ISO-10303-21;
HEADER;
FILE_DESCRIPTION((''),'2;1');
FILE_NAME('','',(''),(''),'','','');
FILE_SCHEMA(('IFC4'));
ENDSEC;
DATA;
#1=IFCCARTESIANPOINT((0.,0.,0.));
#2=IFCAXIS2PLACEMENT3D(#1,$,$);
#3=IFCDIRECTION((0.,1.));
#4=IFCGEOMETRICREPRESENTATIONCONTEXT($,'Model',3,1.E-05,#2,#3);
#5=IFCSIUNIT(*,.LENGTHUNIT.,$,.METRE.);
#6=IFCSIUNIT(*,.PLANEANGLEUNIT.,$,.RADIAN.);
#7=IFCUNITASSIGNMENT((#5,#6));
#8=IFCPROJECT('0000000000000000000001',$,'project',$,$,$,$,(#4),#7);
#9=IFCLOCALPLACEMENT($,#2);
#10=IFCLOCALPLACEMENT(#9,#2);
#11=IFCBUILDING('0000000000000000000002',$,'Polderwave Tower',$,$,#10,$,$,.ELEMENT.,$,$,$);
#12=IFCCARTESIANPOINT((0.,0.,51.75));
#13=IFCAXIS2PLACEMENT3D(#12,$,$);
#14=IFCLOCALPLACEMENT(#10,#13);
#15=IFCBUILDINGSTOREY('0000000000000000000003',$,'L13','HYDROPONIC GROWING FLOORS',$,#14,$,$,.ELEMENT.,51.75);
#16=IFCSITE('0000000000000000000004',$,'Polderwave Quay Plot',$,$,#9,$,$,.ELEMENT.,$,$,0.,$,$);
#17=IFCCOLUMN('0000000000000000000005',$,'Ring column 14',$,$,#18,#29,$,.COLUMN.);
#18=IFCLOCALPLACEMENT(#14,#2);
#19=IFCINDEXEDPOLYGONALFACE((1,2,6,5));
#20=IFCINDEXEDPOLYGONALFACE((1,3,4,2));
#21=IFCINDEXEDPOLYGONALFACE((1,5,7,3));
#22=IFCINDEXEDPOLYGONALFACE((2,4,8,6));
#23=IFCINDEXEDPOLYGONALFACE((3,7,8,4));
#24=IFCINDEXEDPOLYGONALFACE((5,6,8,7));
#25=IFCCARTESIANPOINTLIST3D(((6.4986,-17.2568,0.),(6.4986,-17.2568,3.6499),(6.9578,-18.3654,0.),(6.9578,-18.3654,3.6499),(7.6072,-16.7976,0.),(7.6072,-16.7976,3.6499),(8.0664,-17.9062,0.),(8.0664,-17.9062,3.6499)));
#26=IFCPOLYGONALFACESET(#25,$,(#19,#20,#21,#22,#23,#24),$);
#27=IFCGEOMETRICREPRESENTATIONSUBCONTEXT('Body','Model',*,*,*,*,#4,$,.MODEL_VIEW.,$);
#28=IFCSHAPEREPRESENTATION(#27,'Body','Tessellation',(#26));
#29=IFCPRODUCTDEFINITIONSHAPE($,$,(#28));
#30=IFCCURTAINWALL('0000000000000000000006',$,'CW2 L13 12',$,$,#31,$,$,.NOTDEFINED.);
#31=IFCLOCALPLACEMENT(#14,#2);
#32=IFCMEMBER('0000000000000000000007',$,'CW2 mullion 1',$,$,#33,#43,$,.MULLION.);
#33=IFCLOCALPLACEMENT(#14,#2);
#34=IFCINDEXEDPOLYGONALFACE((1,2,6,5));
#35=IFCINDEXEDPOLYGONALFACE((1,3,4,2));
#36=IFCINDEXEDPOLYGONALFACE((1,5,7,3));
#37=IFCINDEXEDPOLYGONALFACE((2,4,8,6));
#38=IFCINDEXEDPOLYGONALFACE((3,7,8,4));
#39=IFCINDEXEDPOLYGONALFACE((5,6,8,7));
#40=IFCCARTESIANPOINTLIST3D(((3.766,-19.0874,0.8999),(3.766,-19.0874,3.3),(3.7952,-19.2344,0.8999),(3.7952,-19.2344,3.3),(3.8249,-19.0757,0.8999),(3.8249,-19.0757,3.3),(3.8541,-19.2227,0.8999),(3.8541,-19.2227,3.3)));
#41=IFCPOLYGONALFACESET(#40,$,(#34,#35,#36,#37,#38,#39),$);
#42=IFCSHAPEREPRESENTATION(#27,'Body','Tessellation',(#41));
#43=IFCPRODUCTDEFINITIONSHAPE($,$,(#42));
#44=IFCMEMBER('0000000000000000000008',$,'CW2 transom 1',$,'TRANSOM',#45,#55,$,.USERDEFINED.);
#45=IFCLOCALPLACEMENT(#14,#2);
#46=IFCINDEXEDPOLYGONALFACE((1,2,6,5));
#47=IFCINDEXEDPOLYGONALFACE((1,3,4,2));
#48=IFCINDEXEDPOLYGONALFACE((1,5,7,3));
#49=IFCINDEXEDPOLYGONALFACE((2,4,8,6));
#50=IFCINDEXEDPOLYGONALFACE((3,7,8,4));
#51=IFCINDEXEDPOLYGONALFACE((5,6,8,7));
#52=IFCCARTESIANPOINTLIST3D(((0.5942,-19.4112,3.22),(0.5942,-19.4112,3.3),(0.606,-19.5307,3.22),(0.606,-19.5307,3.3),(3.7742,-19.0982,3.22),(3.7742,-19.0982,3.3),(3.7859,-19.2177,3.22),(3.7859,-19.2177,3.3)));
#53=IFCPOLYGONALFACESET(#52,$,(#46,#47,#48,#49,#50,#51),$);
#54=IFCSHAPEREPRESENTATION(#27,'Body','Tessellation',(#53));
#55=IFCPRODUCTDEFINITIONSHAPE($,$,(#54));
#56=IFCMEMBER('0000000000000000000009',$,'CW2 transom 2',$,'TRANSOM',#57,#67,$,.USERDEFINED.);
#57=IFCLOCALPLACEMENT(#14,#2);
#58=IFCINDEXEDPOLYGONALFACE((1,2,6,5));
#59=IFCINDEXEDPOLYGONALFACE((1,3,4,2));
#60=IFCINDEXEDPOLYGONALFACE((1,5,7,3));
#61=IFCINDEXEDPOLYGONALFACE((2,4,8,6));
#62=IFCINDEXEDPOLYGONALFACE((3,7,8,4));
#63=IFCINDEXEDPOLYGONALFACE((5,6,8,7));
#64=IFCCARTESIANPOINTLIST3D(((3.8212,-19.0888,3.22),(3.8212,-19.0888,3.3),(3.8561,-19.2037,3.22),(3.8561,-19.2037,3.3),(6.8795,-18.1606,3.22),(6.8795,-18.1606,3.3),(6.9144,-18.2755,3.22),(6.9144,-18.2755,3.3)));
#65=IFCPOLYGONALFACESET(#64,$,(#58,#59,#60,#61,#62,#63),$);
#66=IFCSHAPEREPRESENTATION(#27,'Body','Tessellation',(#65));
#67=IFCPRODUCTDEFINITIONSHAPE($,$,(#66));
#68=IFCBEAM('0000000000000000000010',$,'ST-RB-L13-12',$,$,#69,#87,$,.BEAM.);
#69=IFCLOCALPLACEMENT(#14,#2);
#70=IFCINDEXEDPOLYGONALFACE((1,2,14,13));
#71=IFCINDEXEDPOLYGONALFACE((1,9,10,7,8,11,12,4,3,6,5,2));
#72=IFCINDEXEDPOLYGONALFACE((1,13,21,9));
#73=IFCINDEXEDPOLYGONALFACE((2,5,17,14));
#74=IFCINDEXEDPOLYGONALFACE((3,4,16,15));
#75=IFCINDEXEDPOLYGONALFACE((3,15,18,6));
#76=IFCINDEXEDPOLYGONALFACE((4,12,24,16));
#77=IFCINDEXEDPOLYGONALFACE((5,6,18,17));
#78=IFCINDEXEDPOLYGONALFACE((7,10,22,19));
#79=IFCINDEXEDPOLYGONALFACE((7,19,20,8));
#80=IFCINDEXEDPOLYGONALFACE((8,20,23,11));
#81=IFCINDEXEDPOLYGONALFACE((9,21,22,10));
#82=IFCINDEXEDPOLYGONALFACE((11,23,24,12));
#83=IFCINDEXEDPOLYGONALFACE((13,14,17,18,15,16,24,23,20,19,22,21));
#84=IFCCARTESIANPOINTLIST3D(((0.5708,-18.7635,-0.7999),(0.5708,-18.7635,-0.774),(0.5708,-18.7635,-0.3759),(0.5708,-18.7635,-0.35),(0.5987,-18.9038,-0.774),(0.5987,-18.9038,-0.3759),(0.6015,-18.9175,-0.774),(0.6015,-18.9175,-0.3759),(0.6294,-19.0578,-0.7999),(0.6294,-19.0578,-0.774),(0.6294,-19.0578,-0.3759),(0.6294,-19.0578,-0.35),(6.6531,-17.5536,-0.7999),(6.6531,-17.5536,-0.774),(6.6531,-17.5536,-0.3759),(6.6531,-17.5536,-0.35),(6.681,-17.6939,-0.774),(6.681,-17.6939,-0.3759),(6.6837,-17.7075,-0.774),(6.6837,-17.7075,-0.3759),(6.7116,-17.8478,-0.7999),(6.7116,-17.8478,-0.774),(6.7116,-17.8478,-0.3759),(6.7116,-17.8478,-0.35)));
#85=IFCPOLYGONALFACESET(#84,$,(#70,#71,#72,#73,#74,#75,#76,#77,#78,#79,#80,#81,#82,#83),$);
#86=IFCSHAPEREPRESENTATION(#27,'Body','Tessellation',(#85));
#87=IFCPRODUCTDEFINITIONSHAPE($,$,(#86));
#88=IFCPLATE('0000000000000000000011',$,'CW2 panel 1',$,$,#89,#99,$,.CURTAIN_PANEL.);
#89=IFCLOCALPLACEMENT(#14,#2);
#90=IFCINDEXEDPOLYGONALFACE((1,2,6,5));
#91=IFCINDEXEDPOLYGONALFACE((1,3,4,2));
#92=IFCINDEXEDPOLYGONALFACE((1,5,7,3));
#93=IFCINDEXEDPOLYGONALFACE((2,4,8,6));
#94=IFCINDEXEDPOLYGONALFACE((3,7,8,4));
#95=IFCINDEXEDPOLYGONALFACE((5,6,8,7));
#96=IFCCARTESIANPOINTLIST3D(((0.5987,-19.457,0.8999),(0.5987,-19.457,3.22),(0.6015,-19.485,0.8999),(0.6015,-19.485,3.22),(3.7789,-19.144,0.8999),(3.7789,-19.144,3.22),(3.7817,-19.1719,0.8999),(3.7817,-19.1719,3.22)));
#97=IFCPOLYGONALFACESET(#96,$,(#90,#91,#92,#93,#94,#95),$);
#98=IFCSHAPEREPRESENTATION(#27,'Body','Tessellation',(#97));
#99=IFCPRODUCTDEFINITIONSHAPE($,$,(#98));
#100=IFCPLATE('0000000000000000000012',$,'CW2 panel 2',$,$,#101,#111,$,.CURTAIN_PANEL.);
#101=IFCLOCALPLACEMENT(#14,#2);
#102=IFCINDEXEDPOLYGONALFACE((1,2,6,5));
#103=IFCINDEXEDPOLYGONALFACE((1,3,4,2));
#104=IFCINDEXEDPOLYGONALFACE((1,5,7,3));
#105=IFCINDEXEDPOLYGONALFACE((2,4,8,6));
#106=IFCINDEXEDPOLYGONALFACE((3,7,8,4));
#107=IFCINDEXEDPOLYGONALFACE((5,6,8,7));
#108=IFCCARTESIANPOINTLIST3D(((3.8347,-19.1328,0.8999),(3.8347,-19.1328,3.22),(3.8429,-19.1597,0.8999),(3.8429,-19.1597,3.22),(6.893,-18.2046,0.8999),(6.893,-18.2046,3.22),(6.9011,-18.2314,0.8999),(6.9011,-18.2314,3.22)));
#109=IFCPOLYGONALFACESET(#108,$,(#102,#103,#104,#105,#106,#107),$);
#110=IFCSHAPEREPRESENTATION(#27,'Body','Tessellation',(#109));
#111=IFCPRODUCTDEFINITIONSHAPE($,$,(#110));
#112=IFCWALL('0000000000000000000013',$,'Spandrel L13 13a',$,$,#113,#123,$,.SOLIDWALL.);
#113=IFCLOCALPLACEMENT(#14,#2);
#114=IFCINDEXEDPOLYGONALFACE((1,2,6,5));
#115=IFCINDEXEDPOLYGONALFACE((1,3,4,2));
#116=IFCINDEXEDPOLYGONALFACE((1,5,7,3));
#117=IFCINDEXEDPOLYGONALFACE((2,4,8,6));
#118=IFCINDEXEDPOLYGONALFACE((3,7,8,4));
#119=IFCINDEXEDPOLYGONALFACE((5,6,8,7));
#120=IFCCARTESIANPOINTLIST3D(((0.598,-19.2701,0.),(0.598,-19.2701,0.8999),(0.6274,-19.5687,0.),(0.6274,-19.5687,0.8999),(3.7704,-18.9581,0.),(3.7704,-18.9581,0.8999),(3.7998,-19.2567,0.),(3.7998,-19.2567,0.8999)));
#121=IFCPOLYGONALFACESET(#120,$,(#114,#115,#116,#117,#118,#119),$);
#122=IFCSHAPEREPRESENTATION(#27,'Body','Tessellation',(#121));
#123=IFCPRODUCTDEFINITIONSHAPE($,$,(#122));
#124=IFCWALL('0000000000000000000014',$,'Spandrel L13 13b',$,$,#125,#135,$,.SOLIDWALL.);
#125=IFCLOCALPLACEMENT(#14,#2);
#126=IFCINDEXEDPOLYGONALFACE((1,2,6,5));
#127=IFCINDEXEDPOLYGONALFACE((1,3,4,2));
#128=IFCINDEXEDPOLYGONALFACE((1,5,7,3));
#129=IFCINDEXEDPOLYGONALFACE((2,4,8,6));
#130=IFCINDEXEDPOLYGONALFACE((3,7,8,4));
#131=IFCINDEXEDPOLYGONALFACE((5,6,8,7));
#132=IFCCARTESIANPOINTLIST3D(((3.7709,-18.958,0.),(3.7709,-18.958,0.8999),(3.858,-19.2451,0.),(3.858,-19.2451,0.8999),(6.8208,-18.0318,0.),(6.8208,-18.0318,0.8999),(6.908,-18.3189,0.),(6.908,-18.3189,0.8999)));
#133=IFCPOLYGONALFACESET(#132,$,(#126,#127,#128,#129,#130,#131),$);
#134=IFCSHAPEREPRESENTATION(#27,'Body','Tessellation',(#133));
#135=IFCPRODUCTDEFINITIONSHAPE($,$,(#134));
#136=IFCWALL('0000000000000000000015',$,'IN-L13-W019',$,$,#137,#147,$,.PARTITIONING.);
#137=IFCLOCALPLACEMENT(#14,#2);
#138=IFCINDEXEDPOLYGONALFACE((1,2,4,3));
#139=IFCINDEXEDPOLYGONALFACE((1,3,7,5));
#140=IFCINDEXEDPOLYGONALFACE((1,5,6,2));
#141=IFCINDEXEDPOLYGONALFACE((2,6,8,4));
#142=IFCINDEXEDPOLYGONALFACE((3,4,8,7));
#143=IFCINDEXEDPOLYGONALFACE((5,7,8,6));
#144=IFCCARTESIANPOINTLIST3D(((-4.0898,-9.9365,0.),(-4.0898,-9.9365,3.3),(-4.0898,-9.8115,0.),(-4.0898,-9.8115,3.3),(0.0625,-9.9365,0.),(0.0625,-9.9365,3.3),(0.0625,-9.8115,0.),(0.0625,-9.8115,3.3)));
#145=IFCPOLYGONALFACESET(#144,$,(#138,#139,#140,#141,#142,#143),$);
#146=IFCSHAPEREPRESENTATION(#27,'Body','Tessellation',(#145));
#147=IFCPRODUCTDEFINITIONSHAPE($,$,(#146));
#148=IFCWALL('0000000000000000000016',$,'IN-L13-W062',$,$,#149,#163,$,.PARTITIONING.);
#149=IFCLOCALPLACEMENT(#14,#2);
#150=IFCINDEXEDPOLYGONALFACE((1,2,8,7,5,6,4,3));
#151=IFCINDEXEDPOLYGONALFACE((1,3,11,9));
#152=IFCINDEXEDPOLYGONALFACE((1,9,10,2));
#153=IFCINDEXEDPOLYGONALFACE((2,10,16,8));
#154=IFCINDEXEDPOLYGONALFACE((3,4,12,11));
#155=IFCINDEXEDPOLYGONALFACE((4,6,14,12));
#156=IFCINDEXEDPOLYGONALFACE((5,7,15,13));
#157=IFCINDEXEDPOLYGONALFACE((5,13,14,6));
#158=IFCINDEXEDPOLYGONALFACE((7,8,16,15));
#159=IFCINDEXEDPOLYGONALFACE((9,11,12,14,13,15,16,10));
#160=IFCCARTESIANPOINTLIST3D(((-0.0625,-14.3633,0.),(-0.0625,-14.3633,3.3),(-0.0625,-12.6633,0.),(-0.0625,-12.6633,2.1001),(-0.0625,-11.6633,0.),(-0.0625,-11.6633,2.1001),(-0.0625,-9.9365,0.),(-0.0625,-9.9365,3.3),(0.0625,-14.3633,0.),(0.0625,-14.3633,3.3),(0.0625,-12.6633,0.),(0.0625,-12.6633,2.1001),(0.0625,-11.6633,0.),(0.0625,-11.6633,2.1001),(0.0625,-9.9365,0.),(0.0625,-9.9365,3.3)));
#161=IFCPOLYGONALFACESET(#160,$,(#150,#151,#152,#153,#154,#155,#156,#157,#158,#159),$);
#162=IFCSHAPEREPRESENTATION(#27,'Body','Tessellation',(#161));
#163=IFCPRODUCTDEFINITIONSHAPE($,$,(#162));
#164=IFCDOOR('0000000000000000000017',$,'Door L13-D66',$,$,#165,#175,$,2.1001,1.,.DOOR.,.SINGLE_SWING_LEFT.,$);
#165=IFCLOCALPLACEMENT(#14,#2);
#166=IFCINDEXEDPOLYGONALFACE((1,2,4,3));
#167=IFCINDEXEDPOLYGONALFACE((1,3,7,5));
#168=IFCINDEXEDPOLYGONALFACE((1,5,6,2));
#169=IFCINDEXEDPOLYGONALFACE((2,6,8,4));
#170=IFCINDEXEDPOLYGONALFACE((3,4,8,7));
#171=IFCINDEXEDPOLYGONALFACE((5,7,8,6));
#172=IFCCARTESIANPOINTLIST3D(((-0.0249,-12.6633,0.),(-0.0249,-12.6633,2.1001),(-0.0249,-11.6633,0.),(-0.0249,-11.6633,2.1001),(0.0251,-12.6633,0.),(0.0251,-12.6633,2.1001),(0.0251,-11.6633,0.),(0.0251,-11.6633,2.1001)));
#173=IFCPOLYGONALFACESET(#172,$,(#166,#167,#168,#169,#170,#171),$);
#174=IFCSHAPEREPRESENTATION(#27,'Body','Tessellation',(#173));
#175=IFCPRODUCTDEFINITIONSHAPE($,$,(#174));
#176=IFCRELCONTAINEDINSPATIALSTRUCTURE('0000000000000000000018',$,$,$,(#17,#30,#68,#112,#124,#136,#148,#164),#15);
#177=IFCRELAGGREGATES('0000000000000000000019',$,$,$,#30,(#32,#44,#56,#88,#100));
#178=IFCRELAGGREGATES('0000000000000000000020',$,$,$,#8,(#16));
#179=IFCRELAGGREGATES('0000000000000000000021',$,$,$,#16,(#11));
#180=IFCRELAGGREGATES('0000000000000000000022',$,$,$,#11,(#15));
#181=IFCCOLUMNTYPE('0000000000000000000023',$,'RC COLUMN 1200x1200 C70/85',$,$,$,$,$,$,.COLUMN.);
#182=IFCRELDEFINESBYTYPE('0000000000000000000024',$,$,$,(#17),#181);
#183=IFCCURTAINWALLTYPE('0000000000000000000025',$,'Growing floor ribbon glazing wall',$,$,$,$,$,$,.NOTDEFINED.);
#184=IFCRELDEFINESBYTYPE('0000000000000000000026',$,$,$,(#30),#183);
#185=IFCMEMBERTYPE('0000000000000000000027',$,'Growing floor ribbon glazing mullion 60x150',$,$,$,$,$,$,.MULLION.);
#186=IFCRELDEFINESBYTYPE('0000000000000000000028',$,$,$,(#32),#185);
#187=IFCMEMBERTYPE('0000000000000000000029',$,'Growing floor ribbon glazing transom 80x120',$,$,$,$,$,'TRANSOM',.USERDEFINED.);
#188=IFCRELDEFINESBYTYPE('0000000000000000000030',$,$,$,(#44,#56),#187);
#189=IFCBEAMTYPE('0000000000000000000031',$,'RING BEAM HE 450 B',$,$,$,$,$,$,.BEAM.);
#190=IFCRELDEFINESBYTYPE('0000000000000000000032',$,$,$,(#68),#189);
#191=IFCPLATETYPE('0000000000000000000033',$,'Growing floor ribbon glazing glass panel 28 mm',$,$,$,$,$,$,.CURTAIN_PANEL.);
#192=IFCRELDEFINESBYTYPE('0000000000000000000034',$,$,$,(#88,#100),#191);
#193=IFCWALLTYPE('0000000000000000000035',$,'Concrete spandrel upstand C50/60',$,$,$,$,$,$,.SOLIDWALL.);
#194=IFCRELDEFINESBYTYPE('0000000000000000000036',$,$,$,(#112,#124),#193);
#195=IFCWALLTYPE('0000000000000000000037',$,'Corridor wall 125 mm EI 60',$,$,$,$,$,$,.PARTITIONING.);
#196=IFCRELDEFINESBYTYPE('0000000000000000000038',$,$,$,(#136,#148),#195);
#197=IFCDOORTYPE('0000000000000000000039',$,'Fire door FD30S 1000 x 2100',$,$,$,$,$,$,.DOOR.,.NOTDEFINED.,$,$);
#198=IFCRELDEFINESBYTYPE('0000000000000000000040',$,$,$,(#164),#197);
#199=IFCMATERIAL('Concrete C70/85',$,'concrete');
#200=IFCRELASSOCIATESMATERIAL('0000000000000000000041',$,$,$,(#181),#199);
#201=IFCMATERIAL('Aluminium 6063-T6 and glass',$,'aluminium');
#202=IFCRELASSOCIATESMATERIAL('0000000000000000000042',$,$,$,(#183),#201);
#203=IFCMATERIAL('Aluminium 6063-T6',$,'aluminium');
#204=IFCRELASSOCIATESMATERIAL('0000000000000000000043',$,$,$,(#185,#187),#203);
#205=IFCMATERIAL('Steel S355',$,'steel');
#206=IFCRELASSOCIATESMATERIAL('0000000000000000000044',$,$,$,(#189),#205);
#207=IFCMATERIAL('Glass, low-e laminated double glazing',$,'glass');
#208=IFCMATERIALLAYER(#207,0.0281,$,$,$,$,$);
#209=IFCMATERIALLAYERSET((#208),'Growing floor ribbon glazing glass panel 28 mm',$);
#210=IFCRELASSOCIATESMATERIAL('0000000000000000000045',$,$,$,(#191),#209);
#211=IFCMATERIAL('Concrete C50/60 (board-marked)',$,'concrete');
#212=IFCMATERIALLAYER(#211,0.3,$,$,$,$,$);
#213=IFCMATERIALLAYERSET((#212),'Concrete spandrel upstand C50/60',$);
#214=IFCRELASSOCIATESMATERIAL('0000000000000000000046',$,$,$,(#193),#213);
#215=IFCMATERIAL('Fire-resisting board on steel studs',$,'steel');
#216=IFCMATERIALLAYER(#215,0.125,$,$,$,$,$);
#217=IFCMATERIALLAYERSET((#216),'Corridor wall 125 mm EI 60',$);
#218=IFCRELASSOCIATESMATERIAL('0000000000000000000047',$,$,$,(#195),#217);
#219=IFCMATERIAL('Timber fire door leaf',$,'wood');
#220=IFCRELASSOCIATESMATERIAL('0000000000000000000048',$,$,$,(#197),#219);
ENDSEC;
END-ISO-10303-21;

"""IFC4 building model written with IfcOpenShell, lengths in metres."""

from ifc_helpers import new_model, si_unit, direction, frame, frame_2d, origin, origin_2d, place, context, subcontext, project, spatial, rectangle, i_section, extrude, material, layer, layer_set, material_profile, profile_set, type_object, element, fill, aggregate, save


model = new_model("IFC4")

# Units and contexts
model_context = context("Model", 3, precision=1e-05, world=origin(), true_north=direction((0.0, 1.0)))
body_context = subcontext(model_context, "Body", "Model", "MODEL_VIEW")
ifc_project = project(units=[si_unit("LENGTHUNIT", "METRE"), si_unit("PLANEANGLEUNIT", "RADIAN")], contexts=[model_context])

# Site, building, storey
site_placement = place(None, origin())
site = spatial("IfcSite", under=ifc_project, at=site_placement, Name="Polderwave Quay Plot", CompositionType="ELEMENT", RefElevation=0.0)
building_placement = place(site_placement, origin())
building = spatial("IfcBuilding", under=site, at=building_placement, Name="Polderwave Tower", CompositionType="ELEMENT")
storey_placement = place(building_placement, frame((0.0, 0.0, 51.75)))
storey = spatial("IfcBuildingStorey", under=building, at=storey_placement, Name="L13", Description="HYDROPONIC GROWING FLOORS", CompositionType="ELEMENT", Elevation=51.75)

# Column
ifc_material_1 = material(Name="Concrete C70/85", Category="concrete")
ifc_material_profile_1 = material_profile(ifc_material_1, rectangle(XDim=1.2, YDim=1.2, at=origin_2d()), Name="RC 1200x1200")
ifc_profile_set_1 = profile_set([ifc_material_profile_1], Name="Concrete C70/85")
column_type = type_object("IfcColumnType", Name="RC COLUMN 1200x1200 C70/85", PredefinedType="COLUMN", material=ifc_profile_set_1)
column_placement = place(storey_placement, frame((7.2825, -17.5815, 0.0), z_axis=(0.0, 0.0, 1.0), x_axis=(0.382683, -0.92388, 0.0)))
element("IfcColumn", 1, at=column_placement, inside=storey, type_object=column_type, Name="Ring column 14", PredefinedType="COLUMN", context=body_context, shape_type="SweptSolid", body=[
    extrude(rectangle(XDim=1.2, YDim=1.2, at=origin_2d()), origin(), (0.0, 0.0, 1.0), 3.6499),
])

# Curtain wall, members
ifc_material_2 = material(Name="Aluminium 6063-T6 and glass", Category="aluminium")
curtain_wall_type = type_object("IfcCurtainWallType", Name="Growing floor ribbon glazing wall", PredefinedType="NOTDEFINED", material=ifc_material_2)
curtain_wall_placement = place(storey_placement, origin())
curtain_wall = element("IfcCurtainWall", 2, at=curtain_wall_placement, inside=storey, type_object=curtain_wall_type, Name="CW2 L13 12", PredefinedType="NOTDEFINED")
ifc_material_3 = material(Name="Aluminium 6063-T6", Category="aluminium")
ifc_material_profile_2 = material_profile(ifc_material_3, rectangle(XDim=0.1499, YDim=0.0601, at=origin_2d()), Name="AL 60x150")
ifc_profile_set_2 = profile_set([ifc_material_profile_2], Name="Aluminium 6063-T6")
member_type_1 = type_object("IfcMemberType", Name="Growing floor ribbon glazing mullion 60x150", PredefinedType="MULLION", material=ifc_profile_set_2)
member_1_placement = place(storey_placement, frame((3.8101, -19.155, 0.8999), z_axis=(0.0, 0.0, 1.0), x_axis=(-0.195149, 0.980774, 0.0)))
member_1 = element("IfcMember", 3, at=member_1_placement, type_object=member_type_1, Name="CW2 mullion 1", PredefinedType="MULLION", context=body_context, shape_type="SweptSolid", body=[
    extrude(rectangle(XDim=0.1499, YDim=0.0601, at=origin_2d()), origin(), (0.0, 0.0, 1.0), 2.4001),
])
ifc_material_profile_3 = material_profile(ifc_material_3, rectangle(XDim=0.1201, YDim=0.0801, at=origin_2d()), Name="AL 80x120")
ifc_profile_set_3 = profile_set([ifc_material_profile_3], Name="Aluminium 6063-T6")
member_type_2 = type_object("IfcMemberType", Name="Growing floor ribbon glazing transom 80x120", ElementType="TRANSOM", PredefinedType="USERDEFINED", material=ifc_profile_set_3)
member_2_placement = place(storey_placement, frame((0.6001, -19.4709, 3.26), z_axis=(0.995191, 0.097953, 0.0), x_axis=(-0.097953, 0.995191, 0.0)))
member_2 = element("IfcMember", 4, at=member_2_placement, type_object=member_type_2, Name="CW2 transom 1", ObjectType="TRANSOM", PredefinedType="USERDEFINED", context=body_context, shape_type="SweptSolid", body=[
    extrude(rectangle(XDim=0.1201, YDim=0.0801, at=origin_2d()), origin(), (0.0, 0.0, 1.0), 3.1953),
])
member_3_placement = place(storey_placement, frame((3.8386, -19.1462, 3.26), z_axis=(0.956898, 0.290423, 0.0), x_axis=(-0.290423, 0.956898, 0.0)))
member_3 = element("IfcMember", 5, at=member_3_placement, type_object=member_type_2, Name="CW2 transom 2", ObjectType="TRANSOM", PredefinedType="USERDEFINED", context=body_context, shape_type="SweptSolid", body=[
    extrude(rectangle(XDim=0.1201, YDim=0.0801, at=origin_2d()), origin(), (0.0, 0.0, 1.0), 3.196),
])

# Beam
ifc_material_4 = material(Name="Steel S355", Category="steel")
ifc_material_profile_4 = material_profile(ifc_material_4, i_section(OverallWidth=0.3, OverallDepth=0.45, WebThickness=0.0139, FlangeThickness=0.0259, at=origin_2d()), Name="HE 450 B")
ifc_profile_set_4 = profile_set([ifc_material_profile_4], Name="Steel S355")
beam_type = type_object("IfcBeamType", Name="RING BEAM HE 450 B", PredefinedType="BEAM", material=ifc_profile_set_4)
beam_placement = place(storey_placement, frame((0.6001, -18.9106, -0.575), z_axis=(0.980782, 0.195109, 0.0), x_axis=(-0.195109, 0.980782, 0.0)))
element("IfcBeam", 6, at=beam_placement, inside=storey, type_object=beam_type, Name="ST-RB-L13-12", PredefinedType="BEAM", context=body_context, shape_type="SweptSolid", body=[
    extrude(i_section(OverallWidth=0.3, OverallDepth=0.45, WebThickness=0.0139, FlangeThickness=0.0259, at=origin_2d()), origin(), (0.0, 0.0, 1.0), 6.2014),
])

# Plates
ifc_material_5 = material(Name="Glass, low-e laminated double glazing", Category="glass")
ifc_layer_1 = layer(ifc_material_5, 0.0281)
ifc_layer_set_1 = layer_set([ifc_layer_1], Name="Growing floor ribbon glazing glass panel 28 mm")
plate_type = type_object("IfcPlateType", Name="Growing floor ribbon glazing glass panel 28 mm", PredefinedType="CURTAIN_PANEL", material=ifc_layer_set_1)
plate_1_placement = place(storey_placement, frame((2.1902, -19.3145, 0.8999), z_axis=(0.0, 0.0, 1.0), x_axis=(0.99519, 0.097969, 0.0)))
plate_1 = element("IfcPlate", 7, at=plate_1_placement, type_object=plate_type, Name="CW2 panel 1", PredefinedType="CURTAIN_PANEL", context=body_context, shape_type="SweptSolid", body=[
    extrude(rectangle(XDim=3.1956, YDim=0.0281, at=origin_2d()), origin(), (0.0, 0.0, 1.0), 2.3201),
])
plate_2_placement = place(storey_placement, frame((5.3679, -18.6821, 0.8999), z_axis=(0.0, 0.0, 1.0), x_axis=(0.956891, 0.290447, 0.0)))
plate_2 = element("IfcPlate", 8, at=plate_2_placement, type_object=plate_type, Name="CW2 panel 2", PredefinedType="CURTAIN_PANEL", context=body_context, shape_type="SweptSolid", body=[
    extrude(rectangle(XDim=3.196, YDim=0.0281, at=origin_2d()), origin(), (0.0, 0.0, 1.0), 2.3201),
])
aggregate(curtain_wall, [member_1, member_2, member_3, plate_1, plate_2])

# Walls
ifc_material_6 = material(Name="Concrete C50/60 (board-marked)", Category="concrete")
ifc_layer_2 = layer(ifc_material_6, 0.3)
ifc_layer_set_2 = layer_set([ifc_layer_2], Name="Concrete spandrel upstand C50/60")
wall_type_1 = type_object("IfcWallType", Name="Concrete spandrel upstand C50/60", PredefinedType="SOLIDWALL", material=ifc_layer_set_2)
wall_1_placement = place(storey_placement, frame((0.6128, -19.4194, 0.0), z_axis=(0.0, 0.0, 1.0), x_axis=(0.995198, 0.097881, 0.0)))
element("IfcWall", 9, at=wall_1_placement, inside=storey, type_object=wall_type_1, Name="Spandrel L13 13a", PredefinedType="SOLIDWALL", context=body_context, shape_type="SweptSolid", body=[
    extrude(rectangle(XDim=3.1877, YDim=0.3, at=frame_2d((1.5938, 0.0))), origin(), (0.0, 0.0, 1.0), 0.8999),
])
wall_2_placement = place(storey_placement, frame((3.8145, -19.1016, 0.0), z_axis=(0.0, 0.0, 1.0), x_axis=(0.956849, 0.290586, 0.0)))
element("IfcWall", 10, at=wall_2_placement, inside=storey, type_object=wall_type_1, Name="Spandrel L13 13b", PredefinedType="SOLIDWALL", context=body_context, shape_type="SweptSolid", body=[
    extrude(rectangle(XDim=3.1875, YDim=0.3, at=frame_2d((1.5938, 0.0))), origin(), (0.0, 0.0, 1.0), 0.8999),
])
ifc_material_7 = material(Name="Fire-resisting board on steel studs", Category="steel")
ifc_layer_3 = layer(ifc_material_7, 0.125)
ifc_layer_set_3 = layer_set([ifc_layer_3], Name="Corridor wall 125 mm EI 60")
wall_type_2 = type_object("IfcWallType", Name="Corridor wall 125 mm EI 60", PredefinedType="PARTITIONING", material=ifc_layer_set_3)
wall_3_placement = place(storey_placement, frame((0.0625, -9.874, 0.0), z_axis=(0.0, 0.0, 1.0), x_axis=(-1.0, 0.0, 0.0)))
element("IfcWall", 11, at=wall_3_placement, inside=storey, type_object=wall_type_2, Name="IN-L13-W019", PredefinedType="PARTITIONING", context=body_context, shape_type="SweptSolid", body=[
    extrude(rectangle(XDim=4.1523, YDim=0.125, at=frame_2d((2.0762, 0.0))), origin(), (0.0, 0.0, 1.0), 3.3),
])

# Wall, opening, door
wall_4_placement = place(storey_placement, frame((0.0, -14.3633, 0.0), z_axis=(0.0, 0.0, 1.0), x_axis=(0.0, 1.0, 0.0)))
wall_4 = element("IfcWall", 12, at=wall_4_placement, inside=storey, type_object=wall_type_2, Name="IN-L13-W062", PredefinedType="PARTITIONING", context=body_context, shape_type="SweptSolid", body=[
    extrude(rectangle(XDim=4.4268, YDim=0.125, at=frame_2d((2.2134, 0.0))), origin(), (0.0, 0.0, 1.0), 3.3),
])
opening_1_placement = place(wall_4_placement, frame((1.7, 0.0, 0.0)))
opening_1 = element("IfcOpeningElement", 13, at=opening_1_placement, cuts=wall_4, PredefinedType="OPENING", context=body_context, shape_type="SweptSolid", body=[
    extrude(rectangle(XDim=1.0, YDim=2.1001, at=frame_2d((0.5, 1.05))), frame((0.0, 0.0725, 0.0), z_axis=(0.0, -1.0, 0.0), x_axis=(1.0, 0.0, 0.0)), (0.0, 0.0, 1.0), 0.145),
])
ifc_material_8 = material(Name="Timber fire door leaf", Category="wood")
door_type = type_object("IfcDoorType", Name="Fire door FD30S 1000 x 2100", OperationType="NOTDEFINED", PredefinedType="DOOR", material=ifc_material_8)
door_1_placement = place(opening_1_placement, origin())
door_1 = element("IfcDoor", 14, at=door_1_placement, inside=storey, type_object=door_type, Name="Door L13-D66", OperationType="SINGLE_SWING_LEFT", OverallHeight=2.1001, OverallWidth=1.0, PredefinedType="DOOR", context=body_context, shape_type="SweptSolid", body=[
    extrude(rectangle(XDim=1.0, YDim=2.1001, at=frame_2d((0.5, 1.05))), frame((0.0, 0.0249, 0.0), z_axis=(0.0, -1.0, 0.0), x_axis=(1.0, 0.0, 0.0)), (0.0, 0.0, 1.0), 0.05),
])
fill(opening_1, door_1)

save(model, "model.ifc")
